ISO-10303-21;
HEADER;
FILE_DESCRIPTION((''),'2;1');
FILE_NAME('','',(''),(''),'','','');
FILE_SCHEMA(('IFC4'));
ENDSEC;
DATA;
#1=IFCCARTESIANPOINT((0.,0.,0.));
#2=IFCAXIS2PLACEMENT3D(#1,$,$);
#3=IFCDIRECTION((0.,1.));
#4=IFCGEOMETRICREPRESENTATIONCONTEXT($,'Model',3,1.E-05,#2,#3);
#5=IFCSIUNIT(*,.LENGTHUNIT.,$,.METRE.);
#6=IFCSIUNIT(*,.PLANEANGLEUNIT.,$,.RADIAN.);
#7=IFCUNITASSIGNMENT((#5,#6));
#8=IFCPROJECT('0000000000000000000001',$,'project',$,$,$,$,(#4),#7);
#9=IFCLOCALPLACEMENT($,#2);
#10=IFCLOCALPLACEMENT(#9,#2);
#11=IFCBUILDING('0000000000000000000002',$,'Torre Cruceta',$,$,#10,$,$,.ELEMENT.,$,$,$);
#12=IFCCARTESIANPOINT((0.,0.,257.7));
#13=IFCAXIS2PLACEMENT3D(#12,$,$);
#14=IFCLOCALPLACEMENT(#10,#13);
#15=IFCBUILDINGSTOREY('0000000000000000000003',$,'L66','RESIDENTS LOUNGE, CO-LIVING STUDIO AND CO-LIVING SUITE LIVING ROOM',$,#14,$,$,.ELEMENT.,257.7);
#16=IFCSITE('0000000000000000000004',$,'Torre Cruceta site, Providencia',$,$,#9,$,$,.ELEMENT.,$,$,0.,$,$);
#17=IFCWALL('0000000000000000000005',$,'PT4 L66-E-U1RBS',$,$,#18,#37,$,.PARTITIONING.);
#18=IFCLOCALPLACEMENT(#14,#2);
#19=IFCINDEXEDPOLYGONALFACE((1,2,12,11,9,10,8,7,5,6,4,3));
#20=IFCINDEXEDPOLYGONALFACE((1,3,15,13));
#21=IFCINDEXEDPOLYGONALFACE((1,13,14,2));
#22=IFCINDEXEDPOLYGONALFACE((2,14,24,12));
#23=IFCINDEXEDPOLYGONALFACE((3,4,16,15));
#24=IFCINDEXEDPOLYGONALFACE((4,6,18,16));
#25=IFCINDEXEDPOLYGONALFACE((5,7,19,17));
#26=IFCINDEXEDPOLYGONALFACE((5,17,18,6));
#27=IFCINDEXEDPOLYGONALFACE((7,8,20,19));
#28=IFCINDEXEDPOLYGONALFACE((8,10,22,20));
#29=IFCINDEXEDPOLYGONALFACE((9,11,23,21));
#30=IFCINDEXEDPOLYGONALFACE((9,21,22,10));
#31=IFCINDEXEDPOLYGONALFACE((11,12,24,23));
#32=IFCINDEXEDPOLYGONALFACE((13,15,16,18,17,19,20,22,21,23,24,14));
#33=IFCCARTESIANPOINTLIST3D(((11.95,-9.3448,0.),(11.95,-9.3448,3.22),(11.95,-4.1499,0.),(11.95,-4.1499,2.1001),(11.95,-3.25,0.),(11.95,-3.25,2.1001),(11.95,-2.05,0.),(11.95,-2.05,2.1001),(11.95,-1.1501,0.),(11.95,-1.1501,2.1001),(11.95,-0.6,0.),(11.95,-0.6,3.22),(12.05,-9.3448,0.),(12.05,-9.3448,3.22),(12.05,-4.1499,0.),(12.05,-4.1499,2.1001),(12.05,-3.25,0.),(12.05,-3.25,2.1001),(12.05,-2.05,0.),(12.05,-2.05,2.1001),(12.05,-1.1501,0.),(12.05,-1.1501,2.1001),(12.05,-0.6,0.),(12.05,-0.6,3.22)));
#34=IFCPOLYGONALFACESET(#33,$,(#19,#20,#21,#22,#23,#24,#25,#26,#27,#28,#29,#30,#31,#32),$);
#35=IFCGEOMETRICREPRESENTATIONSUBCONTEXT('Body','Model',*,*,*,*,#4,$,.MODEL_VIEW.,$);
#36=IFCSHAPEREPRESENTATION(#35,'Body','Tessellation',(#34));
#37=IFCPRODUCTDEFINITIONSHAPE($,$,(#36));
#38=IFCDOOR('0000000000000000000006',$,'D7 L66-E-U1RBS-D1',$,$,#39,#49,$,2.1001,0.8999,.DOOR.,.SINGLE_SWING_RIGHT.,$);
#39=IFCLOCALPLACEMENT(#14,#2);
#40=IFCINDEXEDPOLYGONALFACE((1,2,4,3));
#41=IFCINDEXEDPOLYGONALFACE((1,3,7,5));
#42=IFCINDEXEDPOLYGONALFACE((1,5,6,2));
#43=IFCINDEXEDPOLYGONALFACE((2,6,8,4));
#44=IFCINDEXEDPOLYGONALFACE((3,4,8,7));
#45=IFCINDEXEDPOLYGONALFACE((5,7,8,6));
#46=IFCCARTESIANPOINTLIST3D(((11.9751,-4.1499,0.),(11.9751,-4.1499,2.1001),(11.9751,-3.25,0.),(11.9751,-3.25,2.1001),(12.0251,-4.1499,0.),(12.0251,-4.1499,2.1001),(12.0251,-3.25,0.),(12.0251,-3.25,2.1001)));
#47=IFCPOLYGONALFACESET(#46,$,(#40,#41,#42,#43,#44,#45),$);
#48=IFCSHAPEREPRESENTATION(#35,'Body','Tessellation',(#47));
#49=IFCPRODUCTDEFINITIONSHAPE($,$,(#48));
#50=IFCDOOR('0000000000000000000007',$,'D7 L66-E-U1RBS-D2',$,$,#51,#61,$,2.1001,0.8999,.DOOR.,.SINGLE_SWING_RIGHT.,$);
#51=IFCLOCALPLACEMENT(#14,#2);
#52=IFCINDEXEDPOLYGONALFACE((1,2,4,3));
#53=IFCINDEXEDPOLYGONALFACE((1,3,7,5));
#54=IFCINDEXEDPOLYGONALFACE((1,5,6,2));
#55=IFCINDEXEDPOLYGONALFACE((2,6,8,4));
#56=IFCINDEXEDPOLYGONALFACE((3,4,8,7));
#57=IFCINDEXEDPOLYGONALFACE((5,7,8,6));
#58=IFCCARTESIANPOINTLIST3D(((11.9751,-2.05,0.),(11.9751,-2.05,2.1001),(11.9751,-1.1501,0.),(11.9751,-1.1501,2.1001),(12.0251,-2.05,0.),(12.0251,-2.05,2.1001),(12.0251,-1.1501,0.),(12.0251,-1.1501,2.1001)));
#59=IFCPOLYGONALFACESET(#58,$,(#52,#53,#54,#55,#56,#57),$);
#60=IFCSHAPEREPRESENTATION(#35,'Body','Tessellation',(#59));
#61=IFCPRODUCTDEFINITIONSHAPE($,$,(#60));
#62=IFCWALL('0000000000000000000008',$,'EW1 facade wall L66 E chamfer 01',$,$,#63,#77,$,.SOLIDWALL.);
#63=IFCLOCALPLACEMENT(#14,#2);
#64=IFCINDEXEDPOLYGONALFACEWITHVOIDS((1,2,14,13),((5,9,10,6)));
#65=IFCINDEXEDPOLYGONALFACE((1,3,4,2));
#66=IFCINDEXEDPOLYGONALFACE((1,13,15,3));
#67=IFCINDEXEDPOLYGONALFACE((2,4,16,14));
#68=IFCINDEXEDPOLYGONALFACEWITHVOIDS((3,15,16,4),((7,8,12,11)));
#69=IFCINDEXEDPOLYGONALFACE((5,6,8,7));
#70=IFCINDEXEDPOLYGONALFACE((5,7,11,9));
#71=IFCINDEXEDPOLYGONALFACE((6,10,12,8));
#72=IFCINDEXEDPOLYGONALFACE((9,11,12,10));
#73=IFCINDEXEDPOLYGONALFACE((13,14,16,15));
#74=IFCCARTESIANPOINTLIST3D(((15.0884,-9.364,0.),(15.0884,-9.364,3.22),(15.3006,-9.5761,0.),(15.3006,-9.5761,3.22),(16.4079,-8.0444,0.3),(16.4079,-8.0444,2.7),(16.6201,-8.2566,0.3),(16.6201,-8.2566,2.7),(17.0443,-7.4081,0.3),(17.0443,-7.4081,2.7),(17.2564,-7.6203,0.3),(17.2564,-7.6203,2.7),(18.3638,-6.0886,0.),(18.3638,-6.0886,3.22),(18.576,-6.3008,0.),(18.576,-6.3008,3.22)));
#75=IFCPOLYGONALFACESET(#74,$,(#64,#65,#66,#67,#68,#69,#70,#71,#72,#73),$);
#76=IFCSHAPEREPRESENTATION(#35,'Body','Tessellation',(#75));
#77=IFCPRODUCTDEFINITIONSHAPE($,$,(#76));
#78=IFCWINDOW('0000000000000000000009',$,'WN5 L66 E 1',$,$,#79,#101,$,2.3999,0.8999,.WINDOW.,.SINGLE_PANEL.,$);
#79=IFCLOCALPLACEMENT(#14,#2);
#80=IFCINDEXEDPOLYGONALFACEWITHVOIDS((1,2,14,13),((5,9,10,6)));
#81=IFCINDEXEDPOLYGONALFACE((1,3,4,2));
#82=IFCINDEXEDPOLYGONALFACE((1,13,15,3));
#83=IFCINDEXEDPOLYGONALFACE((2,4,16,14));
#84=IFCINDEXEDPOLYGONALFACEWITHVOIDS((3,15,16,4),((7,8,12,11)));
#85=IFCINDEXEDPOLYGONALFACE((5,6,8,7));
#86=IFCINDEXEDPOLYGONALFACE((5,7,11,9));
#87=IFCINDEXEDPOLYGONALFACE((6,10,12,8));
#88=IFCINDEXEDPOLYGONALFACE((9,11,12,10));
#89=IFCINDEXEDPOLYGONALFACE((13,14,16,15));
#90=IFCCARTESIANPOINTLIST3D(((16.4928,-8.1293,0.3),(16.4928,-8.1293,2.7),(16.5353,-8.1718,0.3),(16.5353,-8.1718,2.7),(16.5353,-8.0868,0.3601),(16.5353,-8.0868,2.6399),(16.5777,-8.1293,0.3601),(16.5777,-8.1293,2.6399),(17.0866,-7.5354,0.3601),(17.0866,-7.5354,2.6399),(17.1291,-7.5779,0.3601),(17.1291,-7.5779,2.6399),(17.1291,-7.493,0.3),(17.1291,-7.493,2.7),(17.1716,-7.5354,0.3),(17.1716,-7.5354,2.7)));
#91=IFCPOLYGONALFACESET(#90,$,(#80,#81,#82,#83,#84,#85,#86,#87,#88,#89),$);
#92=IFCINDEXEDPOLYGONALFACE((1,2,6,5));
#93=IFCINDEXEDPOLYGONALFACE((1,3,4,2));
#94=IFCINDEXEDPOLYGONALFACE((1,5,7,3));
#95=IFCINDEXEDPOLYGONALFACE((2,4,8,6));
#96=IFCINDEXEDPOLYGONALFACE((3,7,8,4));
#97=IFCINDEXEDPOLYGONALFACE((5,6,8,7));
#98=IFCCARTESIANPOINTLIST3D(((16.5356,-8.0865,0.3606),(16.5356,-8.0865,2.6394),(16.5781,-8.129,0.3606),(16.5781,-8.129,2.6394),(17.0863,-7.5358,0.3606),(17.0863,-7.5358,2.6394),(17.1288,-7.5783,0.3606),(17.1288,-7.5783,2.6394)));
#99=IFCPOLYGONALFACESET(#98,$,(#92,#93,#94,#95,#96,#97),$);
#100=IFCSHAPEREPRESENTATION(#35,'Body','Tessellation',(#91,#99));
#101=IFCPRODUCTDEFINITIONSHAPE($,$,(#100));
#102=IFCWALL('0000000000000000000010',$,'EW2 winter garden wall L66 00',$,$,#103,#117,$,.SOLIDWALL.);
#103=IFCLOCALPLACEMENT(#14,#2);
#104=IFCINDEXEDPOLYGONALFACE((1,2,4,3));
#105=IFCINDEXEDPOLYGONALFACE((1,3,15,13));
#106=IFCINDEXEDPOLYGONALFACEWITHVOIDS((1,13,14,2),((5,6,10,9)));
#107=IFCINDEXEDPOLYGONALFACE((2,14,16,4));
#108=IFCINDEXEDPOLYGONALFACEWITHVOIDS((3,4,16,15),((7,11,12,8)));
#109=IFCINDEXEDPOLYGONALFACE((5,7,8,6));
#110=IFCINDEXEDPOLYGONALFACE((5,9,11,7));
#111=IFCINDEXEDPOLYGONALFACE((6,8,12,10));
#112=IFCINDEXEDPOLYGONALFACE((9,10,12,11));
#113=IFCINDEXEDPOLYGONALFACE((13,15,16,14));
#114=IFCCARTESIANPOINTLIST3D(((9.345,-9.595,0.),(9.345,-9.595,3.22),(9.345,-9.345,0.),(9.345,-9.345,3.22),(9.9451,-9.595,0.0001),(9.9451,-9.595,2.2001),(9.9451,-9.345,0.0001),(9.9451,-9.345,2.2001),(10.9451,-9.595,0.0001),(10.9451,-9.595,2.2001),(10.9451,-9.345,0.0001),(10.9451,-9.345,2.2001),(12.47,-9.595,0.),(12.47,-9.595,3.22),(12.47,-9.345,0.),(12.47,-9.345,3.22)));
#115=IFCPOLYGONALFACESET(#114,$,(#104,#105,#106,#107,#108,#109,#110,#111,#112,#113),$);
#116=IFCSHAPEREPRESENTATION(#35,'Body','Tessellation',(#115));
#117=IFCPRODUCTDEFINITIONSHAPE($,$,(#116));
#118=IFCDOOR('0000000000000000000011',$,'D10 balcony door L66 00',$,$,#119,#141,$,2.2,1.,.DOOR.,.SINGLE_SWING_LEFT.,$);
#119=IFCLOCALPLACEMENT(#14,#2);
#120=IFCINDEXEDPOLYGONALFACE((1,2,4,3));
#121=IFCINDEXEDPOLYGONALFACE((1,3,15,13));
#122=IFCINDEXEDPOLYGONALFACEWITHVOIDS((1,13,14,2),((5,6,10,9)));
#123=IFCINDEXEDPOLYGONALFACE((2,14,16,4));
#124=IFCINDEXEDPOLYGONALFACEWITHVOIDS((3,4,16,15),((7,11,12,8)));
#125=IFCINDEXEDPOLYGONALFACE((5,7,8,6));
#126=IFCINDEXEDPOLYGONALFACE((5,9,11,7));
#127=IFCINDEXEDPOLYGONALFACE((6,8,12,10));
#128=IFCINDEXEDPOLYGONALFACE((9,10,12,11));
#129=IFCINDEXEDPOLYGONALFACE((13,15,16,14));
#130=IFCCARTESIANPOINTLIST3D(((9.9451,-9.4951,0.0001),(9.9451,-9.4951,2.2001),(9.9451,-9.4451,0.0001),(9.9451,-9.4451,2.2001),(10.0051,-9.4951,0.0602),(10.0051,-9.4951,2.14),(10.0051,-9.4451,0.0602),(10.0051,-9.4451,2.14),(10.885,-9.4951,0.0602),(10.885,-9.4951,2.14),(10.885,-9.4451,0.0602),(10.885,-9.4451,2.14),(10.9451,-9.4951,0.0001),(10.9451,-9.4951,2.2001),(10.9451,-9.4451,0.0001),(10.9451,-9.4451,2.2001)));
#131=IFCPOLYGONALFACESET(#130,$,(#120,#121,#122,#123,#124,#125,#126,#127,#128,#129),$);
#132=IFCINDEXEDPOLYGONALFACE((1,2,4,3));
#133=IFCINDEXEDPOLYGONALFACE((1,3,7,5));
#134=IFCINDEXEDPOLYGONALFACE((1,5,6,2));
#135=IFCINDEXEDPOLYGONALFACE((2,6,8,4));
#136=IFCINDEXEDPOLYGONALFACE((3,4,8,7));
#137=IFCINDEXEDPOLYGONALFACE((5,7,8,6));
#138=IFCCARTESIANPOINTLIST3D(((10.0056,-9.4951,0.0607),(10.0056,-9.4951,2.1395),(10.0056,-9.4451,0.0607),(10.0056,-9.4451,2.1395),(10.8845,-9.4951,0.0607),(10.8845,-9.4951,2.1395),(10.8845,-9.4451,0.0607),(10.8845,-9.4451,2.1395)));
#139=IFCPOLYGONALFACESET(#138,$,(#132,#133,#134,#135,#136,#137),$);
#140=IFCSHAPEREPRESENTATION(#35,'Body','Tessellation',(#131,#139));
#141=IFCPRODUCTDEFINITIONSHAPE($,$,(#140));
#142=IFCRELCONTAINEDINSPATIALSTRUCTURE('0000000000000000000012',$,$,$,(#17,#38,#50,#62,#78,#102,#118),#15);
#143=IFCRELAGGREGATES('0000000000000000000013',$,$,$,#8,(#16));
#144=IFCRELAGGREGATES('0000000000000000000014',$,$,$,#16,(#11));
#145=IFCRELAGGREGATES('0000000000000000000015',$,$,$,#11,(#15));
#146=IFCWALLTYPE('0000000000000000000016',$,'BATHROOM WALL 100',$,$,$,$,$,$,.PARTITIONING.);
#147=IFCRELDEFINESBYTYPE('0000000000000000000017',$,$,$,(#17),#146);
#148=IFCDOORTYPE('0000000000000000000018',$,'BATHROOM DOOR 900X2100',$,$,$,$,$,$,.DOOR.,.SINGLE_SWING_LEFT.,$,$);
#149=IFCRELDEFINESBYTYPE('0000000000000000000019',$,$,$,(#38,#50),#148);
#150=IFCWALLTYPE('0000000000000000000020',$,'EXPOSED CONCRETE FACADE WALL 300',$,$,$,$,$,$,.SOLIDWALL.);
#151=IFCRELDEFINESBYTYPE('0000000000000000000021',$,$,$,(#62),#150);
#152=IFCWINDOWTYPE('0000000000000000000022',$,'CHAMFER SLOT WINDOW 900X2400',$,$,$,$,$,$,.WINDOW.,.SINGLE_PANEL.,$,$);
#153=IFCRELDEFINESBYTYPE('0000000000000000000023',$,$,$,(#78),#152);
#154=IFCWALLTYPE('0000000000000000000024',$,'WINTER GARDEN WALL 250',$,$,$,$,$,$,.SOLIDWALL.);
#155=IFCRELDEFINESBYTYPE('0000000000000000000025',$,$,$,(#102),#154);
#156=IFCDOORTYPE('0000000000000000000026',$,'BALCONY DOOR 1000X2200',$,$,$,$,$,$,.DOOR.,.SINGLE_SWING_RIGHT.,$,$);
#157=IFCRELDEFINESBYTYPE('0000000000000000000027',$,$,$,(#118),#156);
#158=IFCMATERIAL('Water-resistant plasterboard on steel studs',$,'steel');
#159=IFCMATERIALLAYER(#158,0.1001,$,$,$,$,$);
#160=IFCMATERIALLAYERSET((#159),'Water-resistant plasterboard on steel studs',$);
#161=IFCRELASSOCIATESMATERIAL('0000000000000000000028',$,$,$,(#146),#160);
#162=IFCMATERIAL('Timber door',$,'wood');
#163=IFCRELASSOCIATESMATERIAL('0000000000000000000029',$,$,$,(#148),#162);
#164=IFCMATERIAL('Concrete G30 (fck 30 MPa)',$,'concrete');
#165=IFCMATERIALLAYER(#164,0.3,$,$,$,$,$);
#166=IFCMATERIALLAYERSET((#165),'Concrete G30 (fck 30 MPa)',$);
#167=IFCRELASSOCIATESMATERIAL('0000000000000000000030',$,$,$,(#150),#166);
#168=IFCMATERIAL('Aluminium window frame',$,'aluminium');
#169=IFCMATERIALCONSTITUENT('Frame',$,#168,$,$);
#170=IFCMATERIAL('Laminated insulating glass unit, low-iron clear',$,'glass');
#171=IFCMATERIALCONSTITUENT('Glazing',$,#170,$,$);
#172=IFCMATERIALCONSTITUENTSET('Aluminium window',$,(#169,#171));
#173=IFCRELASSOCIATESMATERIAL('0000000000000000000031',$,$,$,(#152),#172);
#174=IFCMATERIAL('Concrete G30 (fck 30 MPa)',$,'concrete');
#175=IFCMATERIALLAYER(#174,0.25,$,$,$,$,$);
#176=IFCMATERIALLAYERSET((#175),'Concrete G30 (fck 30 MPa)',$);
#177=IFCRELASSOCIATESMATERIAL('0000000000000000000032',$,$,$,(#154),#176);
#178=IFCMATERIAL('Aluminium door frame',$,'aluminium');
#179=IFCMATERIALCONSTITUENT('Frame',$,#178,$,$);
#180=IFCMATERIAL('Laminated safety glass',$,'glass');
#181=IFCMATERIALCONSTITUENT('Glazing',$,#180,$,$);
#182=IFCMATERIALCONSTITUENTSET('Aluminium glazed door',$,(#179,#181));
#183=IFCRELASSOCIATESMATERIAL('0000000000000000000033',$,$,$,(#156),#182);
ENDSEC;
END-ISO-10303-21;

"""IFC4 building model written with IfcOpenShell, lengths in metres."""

from ifc_helpers import new_model, si_unit, direction, frame, frame_2d, origin, place, context, subcontext, project, spatial, rectangle, hollow_rectangle, extrude, material, layer, layer_set, constituent, constituent_set, type_object, element, fill, save


model = new_model("IFC4")

# Units and contexts
model_context = context("Model", 3, precision=1e-05, world=origin(), true_north=direction((0.0, 1.0)))
body_context = subcontext(model_context, "Body", "Model", "MODEL_VIEW")
ifc_project = project(units=[si_unit("LENGTHUNIT", "METRE"), si_unit("PLANEANGLEUNIT", "RADIAN")], contexts=[model_context])

# Site, building, storey
site_placement = place(None, origin())
site = spatial("IfcSite", under=ifc_project, at=site_placement, Name="Torre Cruceta site, Providencia", CompositionType="ELEMENT", RefElevation=0.0)
building_placement = place(site_placement, origin())
building = spatial("IfcBuilding", under=site, at=building_placement, Name="Torre Cruceta", CompositionType="ELEMENT")
storey_placement = place(building_placement, frame((0.0, 0.0, 257.7)))
storey = spatial("IfcBuildingStorey", under=building, at=storey_placement, Name="L66", Description="RESIDENTS LOUNGE, CO-LIVING STUDIO AND CO-LIVING SUITE LIVING ROOM", CompositionType="ELEMENT", Elevation=257.7)

# Wall, openings, doors
ifc_material_1 = material(Name="Water-resistant plasterboard on steel studs", Category="steel")
ifc_layer_1 = layer(ifc_material_1, 0.1001)
ifc_layer_set_1 = layer_set([ifc_layer_1], Name="Water-resistant plasterboard on steel studs")
wall_type_1 = type_object("IfcWallType", Name="BATHROOM WALL 100", PredefinedType="PARTITIONING", material=ifc_layer_set_1)
wall_1_placement = place(storey_placement, frame((12.0, -9.345, 0.0), z_axis=(0.0, 0.0, 1.0), x_axis=(0.0, 1.0, 0.0)))
wall_1 = element("IfcWall", 1, at=wall_1_placement, inside=storey, type_object=wall_type_1, Name="PT4 L66-E-U1RBS", PredefinedType="PARTITIONING", context=body_context, shape_type="SweptSolid", body=[
    extrude(rectangle(XDim=8.7449, YDim=0.1001, at=frame_2d((4.3726, 0.0))), origin(), (0.0, 0.0, 1.0), 3.22),
])
opening_1_placement = place(wall_1_placement, frame((5.1951, 0.0, 0.0)))
opening_1 = element("IfcOpeningElement", 2, at=opening_1_placement, cuts=wall_1, PredefinedType="OPENING", context=body_context, shape_type="SweptSolid", body=[
    extrude(rectangle(XDim=0.8999, YDim=2.1001, at=frame_2d((0.45, 1.05))), frame((0.0, 0.0601, 0.0), z_axis=(0.0, -1.0, 0.0), x_axis=(1.0, 0.0, 0.0)), (0.0, 0.0, 1.0), 0.1201),
])
opening_2_placement = place(wall_1_placement, frame((7.2949, 0.0, 0.0)))
opening_2 = element("IfcOpeningElement", 3, at=opening_2_placement, cuts=wall_1, PredefinedType="OPENING", context=body_context, shape_type="SweptSolid", body=[
    extrude(rectangle(XDim=0.8999, YDim=2.1001, at=frame_2d((0.45, 1.05))), frame((0.0, 0.0601, 0.0), z_axis=(0.0, -1.0, 0.0), x_axis=(1.0, 0.0, 0.0)), (0.0, 0.0, 1.0), 0.1201),
])
ifc_material_2 = material(Name="Timber door", Category="wood")
door_type_1 = type_object("IfcDoorType", Name="BATHROOM DOOR 900X2100", OperationType="SINGLE_SWING_LEFT", PredefinedType="DOOR", material=ifc_material_2)
door_1_placement = place(opening_1_placement, origin())
door_1 = element("IfcDoor", 4, at=door_1_placement, inside=storey, type_object=door_type_1, Name="D7 L66-E-U1RBS-D1", OperationType="SINGLE_SWING_RIGHT", OverallHeight=2.1001, OverallWidth=0.8999, PredefinedType="DOOR", context=body_context, shape_type="SweptSolid", body=[
    extrude(rectangle(XDim=0.8999, YDim=2.1001, at=frame_2d((0.45, 1.05))), frame((0.0, 0.0249, 0.0), z_axis=(0.0, -1.0, 0.0), x_axis=(1.0, 0.0, 0.0)), (0.0, 0.0, 1.0), 0.05),
])
fill(opening_1, door_1)
door_2_placement = place(opening_2_placement, origin())
door_2 = element("IfcDoor", 5, at=door_2_placement, inside=storey, type_object=door_type_1, Name="D7 L66-E-U1RBS-D2", OperationType="SINGLE_SWING_RIGHT", OverallHeight=2.1001, OverallWidth=0.8999, PredefinedType="DOOR", context=body_context, shape_type="SweptSolid", body=[
    extrude(rectangle(XDim=0.8999, YDim=2.1001, at=frame_2d((0.45, 1.05))), frame((0.0, 0.0249, 0.0), z_axis=(0.0, -1.0, 0.0), x_axis=(1.0, 0.0, 0.0)), (0.0, 0.0, 1.0), 0.05),
])
fill(opening_2, door_2)

# Wall, opening, window
ifc_material_3 = material(Name="Concrete G30 (fck 30 MPa)", Category="concrete")
ifc_layer_2 = layer(ifc_material_3, 0.3)
ifc_layer_set_2 = layer_set([ifc_layer_2], Name="Concrete G30 (fck 30 MPa)")
wall_type_2 = type_object("IfcWallType", Name="EXPOSED CONCRETE FACADE WALL 300", PredefinedType="SOLIDWALL", material=ifc_layer_set_2)
wall_2_placement = place(storey_placement, frame((15.1946, -9.47, 0.0), z_axis=(0.0, 0.0, 1.0), x_axis=(0.707107, 0.707107, 0.0)))
wall_2 = element("IfcWall", 6, at=wall_2_placement, inside=storey, type_object=wall_type_2, Name="EW1 facade wall L66 E chamfer 01", PredefinedType="SOLIDWALL", context=body_context, shape_type="SweptSolid", body=[
    extrude(rectangle(XDim=4.6321, YDim=0.3, at=frame_2d((2.3159, 0.0))), origin(), (0.0, 0.0, 1.0), 3.22),
])
opening_3_placement = place(wall_2_placement, frame((1.866, 0.0, 0.3)))
opening_3 = element("IfcOpeningElement", 7, at=opening_3_placement, cuts=wall_2, PredefinedType="OPENING", context=body_context, shape_type="SweptSolid", body=[
    extrude(rectangle(XDim=0.8999, YDim=2.3999, at=frame_2d((0.45, 1.2))), frame((0.0, 0.1599, 0.0), z_axis=(0.0, -1.0, 0.0), x_axis=(1.0, 0.0, 0.0)), (0.0, 0.0, 1.0), 0.3201),
])
ifc_material_4 = material(Name="Aluminium window frame", Category="aluminium")
ifc_constituent_1 = constituent(ifc_material_4, Name="Frame")
ifc_material_5 = material(Name="Laminated insulating glass unit, low-iron clear", Category="glass")
ifc_constituent_2 = constituent(ifc_material_5, Name="Glazing")
ifc_constituent_set_1 = constituent_set(constituents=[ifc_constituent_1, ifc_constituent_2], Name="Aluminium window")
window_type = type_object("IfcWindowType", Name="CHAMFER SLOT WINDOW 900X2400", PartitioningType="SINGLE_PANEL", PredefinedType="WINDOW", material=ifc_constituent_set_1)
window_placement = place(opening_3_placement, origin())
window = element("IfcWindow", 8, at=window_placement, inside=storey, type_object=window_type, Name="WN5 L66 E 1", OverallHeight=2.3999, OverallWidth=0.8999, PartitioningType="SINGLE_PANEL", PredefinedType="WINDOW", context=body_context, shape_type="SweptSolid", body=[
    extrude(hollow_rectangle(XDim=0.8999, YDim=2.3999, WallThickness=0.0601, at=frame_2d((0.45, 1.2))), frame((0.0, 0.03, 0.0), z_axis=(0.0, -1.0, 0.0), x_axis=(1.0, 0.0, 0.0)), (0.0, 0.0, 1.0), 0.0601),
    extrude(rectangle(XDim=0.7788, YDim=2.2788, at=frame_2d((0.45, 1.2))), frame((0.0, 0.03, 0.0), z_axis=(0.0, -1.0, 0.0), x_axis=(1.0, 0.0, 0.0)), (0.0, 0.0, 1.0), 0.0601),
])
fill(opening_3, window)

# Wall, opening, door
ifc_material_6 = material(Name="Concrete G30 (fck 30 MPa)", Category="concrete")
ifc_layer_3 = layer(ifc_material_6, 0.25)
ifc_layer_set_3 = layer_set([ifc_layer_3], Name="Concrete G30 (fck 30 MPa)")
wall_type_3 = type_object("IfcWallType", Name="WINTER GARDEN WALL 250", PredefinedType="SOLIDWALL", material=ifc_layer_set_3)
wall_3_placement = place(storey_placement, frame((9.345, -9.47, 0.0), z_axis=(0.0, 0.0, 1.0), x_axis=(1.0, 0.0, 0.0)))
wall_3 = element("IfcWall", 9, at=wall_3_placement, inside=storey, type_object=wall_type_3, Name="EW2 winter garden wall L66 00", PredefinedType="SOLIDWALL", context=body_context, shape_type="SweptSolid", body=[
    extrude(rectangle(XDim=3.125, YDim=0.25, at=frame_2d((1.5625, 0.0))), origin(), (0.0, 0.0, 1.0), 3.22),
])
opening_4_placement = place(wall_3_placement, frame((0.6001, 0.0, 0.0)))
opening_4 = element("IfcOpeningElement", 10, at=opening_4_placement, cuts=wall_3, PredefinedType="OPENING", context=body_context, shape_type="SweptSolid", body=[
    extrude(rectangle(XDim=1.0, YDim=2.2, at=frame_2d((0.5, 1.1001))), frame((0.0, 0.135, 0.0), z_axis=(0.0, -1.0, 0.0), x_axis=(1.0, 0.0, 0.0)), (0.0, 0.0, 1.0), 0.27),
])
ifc_material_7 = material(Name="Aluminium door frame", Category="aluminium")
ifc_constituent_3 = constituent(ifc_material_7, Name="Frame")
ifc_material_8 = material(Name="Laminated safety glass", Category="glass")
ifc_constituent_4 = constituent(ifc_material_8, Name="Glazing")
ifc_constituent_set_2 = constituent_set(constituents=[ifc_constituent_3, ifc_constituent_4], Name="Aluminium glazed door")
door_type_2 = type_object("IfcDoorType", Name="BALCONY DOOR 1000X2200", OperationType="SINGLE_SWING_RIGHT", PredefinedType="DOOR", material=ifc_constituent_set_2)
door_3_placement = place(opening_4_placement, origin())
door_3 = element("IfcDoor", 11, at=door_3_placement, inside=storey, type_object=door_type_2, Name="D10 balcony door L66 00", OperationType="SINGLE_SWING_LEFT", OverallHeight=2.2, OverallWidth=1.0, PredefinedType="DOOR", context=body_context, shape_type="SweptSolid", body=[
    extrude(hollow_rectangle(XDim=1.0, YDim=2.2, WallThickness=0.0601, at=frame_2d((0.5, 1.1001))), frame((0.0, 0.0249, 0.0), z_axis=(0.0, -1.0, 0.0), x_axis=(1.0, 0.0, 0.0)), (0.0, 0.0, 1.0), 0.05),
    extrude(rectangle(XDim=0.8789, YDim=2.0789, at=frame_2d((0.5, 1.1001))), frame((0.0, 0.0249, 0.0), z_axis=(0.0, -1.0, 0.0), x_axis=(1.0, 0.0, 0.0)), (0.0, 0.0, 1.0), 0.05),
])
fill(opening_4, door_3)

save(model, "model.ifc")
